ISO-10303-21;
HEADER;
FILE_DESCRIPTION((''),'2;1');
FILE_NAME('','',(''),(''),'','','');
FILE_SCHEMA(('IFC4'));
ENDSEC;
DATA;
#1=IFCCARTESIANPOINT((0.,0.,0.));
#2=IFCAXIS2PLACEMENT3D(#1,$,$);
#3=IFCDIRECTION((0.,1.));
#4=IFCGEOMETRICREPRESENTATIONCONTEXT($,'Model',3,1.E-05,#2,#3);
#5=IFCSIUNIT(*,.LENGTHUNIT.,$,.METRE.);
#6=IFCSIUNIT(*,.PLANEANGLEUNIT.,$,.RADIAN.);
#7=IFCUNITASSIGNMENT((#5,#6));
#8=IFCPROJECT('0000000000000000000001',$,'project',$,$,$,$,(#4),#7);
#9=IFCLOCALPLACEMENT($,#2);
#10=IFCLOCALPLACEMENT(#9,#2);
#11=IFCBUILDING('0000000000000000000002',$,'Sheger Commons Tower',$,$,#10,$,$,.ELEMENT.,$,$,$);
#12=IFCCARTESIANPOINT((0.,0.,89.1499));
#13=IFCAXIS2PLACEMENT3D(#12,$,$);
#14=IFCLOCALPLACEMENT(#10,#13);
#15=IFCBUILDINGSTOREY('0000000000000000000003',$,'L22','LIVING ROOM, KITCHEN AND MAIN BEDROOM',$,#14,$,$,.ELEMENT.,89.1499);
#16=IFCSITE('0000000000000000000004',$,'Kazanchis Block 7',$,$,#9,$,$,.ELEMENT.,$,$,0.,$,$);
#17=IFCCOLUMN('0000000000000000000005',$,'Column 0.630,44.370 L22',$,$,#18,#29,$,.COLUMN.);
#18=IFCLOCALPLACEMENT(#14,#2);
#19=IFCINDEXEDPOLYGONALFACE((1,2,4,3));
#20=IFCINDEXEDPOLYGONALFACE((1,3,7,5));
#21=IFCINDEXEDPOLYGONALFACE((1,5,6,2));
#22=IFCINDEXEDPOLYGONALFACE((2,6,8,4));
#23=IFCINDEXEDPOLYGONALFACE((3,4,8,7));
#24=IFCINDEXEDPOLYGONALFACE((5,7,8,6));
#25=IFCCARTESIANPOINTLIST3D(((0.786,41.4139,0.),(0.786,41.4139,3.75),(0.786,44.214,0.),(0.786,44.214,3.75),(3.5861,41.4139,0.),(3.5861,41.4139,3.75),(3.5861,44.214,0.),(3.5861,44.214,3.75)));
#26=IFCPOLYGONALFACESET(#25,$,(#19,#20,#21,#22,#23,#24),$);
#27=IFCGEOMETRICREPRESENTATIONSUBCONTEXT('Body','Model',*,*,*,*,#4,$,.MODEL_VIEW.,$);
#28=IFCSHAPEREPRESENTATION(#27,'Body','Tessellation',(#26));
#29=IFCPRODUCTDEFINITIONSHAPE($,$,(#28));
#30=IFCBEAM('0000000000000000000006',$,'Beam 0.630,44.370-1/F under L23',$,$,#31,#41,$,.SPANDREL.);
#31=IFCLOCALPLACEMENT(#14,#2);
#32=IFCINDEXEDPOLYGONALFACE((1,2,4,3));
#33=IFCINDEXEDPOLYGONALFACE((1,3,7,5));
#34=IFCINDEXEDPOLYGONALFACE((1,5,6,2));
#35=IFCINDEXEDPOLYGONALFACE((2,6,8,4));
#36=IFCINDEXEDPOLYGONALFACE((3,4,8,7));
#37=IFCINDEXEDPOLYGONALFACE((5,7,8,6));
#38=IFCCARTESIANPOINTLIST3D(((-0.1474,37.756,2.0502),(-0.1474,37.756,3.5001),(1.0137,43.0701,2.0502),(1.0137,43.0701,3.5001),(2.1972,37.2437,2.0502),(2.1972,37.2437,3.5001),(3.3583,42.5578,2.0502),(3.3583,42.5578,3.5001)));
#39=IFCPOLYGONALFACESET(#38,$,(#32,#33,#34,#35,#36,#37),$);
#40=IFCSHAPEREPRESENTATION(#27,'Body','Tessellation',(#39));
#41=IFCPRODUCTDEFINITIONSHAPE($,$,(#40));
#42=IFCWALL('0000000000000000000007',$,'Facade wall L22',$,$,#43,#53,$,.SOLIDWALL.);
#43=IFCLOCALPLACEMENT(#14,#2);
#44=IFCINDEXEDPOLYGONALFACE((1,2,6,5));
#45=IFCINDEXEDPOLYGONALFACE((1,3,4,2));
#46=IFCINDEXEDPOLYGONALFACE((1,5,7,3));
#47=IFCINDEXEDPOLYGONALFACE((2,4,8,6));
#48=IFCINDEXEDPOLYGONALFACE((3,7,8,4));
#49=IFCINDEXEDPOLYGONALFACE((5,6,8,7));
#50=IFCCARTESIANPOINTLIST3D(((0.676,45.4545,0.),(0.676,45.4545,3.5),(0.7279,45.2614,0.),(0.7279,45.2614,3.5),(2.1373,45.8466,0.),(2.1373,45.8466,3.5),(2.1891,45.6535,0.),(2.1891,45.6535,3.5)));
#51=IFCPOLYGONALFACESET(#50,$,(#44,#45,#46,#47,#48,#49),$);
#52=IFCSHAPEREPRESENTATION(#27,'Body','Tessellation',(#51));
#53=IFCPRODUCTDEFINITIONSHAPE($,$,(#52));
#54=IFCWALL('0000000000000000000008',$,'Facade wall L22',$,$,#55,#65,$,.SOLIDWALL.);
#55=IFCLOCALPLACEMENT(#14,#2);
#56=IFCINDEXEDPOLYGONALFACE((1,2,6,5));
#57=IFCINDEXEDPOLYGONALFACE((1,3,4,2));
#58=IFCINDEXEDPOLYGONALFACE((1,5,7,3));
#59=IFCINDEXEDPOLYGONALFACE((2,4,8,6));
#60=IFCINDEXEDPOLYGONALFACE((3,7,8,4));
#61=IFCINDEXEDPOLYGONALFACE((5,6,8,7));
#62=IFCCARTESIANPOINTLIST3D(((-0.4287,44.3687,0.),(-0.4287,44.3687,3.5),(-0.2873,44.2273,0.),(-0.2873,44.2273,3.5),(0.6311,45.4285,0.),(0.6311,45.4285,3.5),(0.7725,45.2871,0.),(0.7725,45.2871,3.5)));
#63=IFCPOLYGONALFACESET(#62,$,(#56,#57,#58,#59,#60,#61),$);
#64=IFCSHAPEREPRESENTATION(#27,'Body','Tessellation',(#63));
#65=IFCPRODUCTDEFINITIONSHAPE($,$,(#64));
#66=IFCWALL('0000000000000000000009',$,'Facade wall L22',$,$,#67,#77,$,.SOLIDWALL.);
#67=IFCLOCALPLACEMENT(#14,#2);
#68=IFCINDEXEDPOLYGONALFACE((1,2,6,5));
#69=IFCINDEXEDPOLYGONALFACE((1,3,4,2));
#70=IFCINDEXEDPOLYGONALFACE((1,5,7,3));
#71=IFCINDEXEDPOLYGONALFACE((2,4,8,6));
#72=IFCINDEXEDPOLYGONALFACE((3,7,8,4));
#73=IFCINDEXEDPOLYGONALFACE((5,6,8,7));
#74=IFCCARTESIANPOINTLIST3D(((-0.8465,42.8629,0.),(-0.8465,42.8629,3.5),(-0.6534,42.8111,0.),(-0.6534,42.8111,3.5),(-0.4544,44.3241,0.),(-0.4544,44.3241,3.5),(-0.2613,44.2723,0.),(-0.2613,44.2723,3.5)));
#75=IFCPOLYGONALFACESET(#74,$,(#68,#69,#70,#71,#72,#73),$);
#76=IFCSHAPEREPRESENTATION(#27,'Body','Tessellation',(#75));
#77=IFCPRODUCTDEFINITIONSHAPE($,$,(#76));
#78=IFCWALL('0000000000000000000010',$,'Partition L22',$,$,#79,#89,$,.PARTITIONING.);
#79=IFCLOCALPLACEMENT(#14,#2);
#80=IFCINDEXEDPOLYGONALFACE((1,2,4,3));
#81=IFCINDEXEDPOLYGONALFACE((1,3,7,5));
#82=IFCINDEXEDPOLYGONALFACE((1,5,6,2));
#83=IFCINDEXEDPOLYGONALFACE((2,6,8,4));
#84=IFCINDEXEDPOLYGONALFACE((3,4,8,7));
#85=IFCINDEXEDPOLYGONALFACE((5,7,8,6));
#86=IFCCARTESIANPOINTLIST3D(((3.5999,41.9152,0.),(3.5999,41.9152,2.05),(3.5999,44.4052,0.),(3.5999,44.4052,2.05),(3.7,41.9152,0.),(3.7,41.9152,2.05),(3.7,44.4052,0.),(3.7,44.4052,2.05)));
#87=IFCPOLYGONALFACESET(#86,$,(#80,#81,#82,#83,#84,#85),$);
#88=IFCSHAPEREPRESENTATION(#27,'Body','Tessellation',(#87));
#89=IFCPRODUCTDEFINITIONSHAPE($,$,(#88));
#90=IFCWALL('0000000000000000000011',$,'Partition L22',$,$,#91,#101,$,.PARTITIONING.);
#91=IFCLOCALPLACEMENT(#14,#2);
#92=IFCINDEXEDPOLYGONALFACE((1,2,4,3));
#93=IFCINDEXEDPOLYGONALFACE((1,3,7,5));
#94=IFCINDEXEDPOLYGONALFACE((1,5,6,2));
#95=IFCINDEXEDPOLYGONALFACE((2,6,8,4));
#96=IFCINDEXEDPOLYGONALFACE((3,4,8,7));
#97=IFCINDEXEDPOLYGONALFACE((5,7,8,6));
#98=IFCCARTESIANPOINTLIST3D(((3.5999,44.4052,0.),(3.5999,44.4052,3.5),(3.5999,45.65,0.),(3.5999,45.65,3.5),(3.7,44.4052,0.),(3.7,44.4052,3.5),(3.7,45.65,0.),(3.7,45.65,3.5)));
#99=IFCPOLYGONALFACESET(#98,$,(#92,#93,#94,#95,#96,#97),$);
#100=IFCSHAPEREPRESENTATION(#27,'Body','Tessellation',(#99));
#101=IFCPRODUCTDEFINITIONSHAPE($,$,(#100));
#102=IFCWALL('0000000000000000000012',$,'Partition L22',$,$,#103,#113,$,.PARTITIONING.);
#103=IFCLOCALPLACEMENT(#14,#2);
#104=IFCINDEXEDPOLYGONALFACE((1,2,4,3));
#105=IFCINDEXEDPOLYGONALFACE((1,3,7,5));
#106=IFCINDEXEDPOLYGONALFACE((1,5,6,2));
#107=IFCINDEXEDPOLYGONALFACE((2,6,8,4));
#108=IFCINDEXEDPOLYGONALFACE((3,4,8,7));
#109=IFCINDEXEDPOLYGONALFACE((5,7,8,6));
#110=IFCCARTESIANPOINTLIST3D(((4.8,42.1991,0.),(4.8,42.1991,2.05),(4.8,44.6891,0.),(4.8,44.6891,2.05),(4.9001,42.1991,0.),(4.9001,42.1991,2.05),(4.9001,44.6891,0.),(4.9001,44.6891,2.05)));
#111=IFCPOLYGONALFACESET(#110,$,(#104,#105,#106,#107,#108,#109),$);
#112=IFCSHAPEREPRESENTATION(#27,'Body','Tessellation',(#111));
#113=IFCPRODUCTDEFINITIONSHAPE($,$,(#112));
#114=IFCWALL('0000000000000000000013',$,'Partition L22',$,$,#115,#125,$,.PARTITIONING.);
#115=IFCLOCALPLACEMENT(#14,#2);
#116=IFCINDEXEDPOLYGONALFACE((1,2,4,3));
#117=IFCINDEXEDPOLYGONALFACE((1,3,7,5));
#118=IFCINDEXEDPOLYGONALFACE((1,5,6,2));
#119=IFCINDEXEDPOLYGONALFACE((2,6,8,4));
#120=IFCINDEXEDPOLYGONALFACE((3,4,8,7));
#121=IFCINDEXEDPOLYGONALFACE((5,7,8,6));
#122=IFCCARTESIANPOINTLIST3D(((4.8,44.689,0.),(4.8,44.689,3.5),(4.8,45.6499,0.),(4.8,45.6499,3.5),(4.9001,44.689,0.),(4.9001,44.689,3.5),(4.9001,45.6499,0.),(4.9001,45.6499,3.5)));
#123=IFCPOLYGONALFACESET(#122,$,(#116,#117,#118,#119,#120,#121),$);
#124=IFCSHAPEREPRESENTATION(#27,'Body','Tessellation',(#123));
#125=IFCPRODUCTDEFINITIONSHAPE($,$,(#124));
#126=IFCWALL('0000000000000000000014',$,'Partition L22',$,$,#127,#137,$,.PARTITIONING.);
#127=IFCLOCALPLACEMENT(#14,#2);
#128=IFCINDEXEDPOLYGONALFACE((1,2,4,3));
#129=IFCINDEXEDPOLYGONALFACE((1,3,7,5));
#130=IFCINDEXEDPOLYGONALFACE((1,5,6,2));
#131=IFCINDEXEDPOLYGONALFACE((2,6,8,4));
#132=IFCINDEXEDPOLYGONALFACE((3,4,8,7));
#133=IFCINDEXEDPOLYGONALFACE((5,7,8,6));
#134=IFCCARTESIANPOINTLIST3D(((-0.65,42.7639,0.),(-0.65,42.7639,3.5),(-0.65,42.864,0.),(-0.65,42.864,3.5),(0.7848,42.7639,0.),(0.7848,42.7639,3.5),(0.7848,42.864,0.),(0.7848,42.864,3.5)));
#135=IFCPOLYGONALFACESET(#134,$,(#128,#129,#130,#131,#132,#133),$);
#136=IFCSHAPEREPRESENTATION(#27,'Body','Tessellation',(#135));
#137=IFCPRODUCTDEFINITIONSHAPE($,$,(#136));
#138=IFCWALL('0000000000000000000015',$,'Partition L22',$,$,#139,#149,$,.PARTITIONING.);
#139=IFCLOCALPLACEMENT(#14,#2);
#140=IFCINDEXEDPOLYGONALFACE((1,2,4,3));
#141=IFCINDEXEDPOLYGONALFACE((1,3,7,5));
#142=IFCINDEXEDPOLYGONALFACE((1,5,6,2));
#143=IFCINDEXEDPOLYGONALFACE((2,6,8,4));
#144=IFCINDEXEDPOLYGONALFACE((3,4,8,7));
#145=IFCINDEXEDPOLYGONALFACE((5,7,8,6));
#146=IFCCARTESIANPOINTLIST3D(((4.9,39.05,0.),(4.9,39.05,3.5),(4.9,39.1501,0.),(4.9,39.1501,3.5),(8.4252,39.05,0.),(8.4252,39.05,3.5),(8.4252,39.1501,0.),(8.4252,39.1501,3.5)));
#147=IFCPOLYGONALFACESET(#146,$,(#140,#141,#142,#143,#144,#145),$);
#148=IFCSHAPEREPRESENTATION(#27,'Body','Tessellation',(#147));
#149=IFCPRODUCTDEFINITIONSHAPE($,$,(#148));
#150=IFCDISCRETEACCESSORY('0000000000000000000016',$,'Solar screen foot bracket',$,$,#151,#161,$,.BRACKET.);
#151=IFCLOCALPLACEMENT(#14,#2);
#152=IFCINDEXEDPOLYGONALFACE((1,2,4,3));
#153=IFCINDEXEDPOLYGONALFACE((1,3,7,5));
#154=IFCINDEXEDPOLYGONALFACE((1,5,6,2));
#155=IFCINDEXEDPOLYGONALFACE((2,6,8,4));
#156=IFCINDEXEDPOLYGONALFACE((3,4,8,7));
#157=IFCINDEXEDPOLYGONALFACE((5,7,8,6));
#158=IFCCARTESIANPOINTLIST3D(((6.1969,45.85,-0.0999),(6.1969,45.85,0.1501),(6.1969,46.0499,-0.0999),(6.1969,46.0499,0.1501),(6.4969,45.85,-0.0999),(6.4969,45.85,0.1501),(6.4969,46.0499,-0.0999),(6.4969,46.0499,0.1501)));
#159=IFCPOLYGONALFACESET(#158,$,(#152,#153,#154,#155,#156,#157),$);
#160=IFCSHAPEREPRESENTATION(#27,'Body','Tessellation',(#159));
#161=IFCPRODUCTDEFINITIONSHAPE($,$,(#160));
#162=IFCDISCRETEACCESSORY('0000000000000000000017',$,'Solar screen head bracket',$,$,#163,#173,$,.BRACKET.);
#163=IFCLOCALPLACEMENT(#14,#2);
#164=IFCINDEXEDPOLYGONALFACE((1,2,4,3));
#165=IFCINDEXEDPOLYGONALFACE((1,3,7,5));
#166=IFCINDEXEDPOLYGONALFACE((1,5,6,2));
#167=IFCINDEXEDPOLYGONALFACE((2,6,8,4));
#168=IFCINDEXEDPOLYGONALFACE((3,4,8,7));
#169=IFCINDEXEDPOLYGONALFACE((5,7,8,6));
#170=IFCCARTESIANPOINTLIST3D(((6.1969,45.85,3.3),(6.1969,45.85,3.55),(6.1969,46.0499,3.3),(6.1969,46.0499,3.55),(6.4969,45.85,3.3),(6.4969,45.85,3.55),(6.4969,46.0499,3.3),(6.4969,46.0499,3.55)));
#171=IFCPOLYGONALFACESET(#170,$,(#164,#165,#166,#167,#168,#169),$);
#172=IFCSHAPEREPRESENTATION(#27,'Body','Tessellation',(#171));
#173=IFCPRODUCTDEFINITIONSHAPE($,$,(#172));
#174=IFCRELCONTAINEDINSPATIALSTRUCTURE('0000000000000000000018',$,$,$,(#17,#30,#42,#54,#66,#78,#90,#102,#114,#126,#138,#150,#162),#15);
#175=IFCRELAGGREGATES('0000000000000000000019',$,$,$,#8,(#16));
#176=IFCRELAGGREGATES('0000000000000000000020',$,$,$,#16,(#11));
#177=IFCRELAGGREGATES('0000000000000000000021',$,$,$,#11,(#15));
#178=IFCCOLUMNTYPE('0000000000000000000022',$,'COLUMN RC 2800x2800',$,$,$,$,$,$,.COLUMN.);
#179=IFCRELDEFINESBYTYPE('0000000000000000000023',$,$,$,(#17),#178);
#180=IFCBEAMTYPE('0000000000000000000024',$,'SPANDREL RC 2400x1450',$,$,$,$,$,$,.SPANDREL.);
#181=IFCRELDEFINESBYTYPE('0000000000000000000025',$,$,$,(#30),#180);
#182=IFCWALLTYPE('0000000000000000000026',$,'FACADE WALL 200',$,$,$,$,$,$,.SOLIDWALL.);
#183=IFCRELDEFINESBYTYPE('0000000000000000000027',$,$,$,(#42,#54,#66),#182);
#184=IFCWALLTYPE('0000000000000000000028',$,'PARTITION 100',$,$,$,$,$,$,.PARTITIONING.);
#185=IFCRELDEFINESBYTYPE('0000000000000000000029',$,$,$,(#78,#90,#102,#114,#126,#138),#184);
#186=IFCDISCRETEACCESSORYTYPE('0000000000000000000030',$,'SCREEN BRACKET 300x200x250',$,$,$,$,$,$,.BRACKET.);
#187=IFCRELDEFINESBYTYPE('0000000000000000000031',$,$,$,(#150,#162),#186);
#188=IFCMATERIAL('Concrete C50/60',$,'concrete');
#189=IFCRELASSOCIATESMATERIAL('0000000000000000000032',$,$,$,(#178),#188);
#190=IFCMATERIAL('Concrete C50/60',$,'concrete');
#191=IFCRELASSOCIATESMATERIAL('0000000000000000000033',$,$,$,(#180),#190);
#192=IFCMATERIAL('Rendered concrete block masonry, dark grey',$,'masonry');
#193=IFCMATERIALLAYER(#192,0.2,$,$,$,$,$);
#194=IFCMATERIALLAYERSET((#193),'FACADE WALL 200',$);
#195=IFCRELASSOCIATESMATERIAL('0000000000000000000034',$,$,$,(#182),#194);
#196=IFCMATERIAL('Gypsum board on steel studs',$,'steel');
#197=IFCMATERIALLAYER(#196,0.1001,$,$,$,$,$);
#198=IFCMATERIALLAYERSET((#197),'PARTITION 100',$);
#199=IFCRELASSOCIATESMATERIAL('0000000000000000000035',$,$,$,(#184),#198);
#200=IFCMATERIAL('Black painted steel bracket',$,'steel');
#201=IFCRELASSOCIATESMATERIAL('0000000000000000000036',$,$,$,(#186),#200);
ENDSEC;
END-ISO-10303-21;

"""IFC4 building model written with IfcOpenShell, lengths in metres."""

from ifc_helpers import new_model, si_unit, direction, frame, frame_2d, origin, origin_2d, place, context, subcontext, project, spatial, rectangle, extrude, material, layer, layer_set, material_profile, profile_set, type_object, element, save


model = new_model("IFC4")

# Units and contexts
model_context = context("Model", 3, precision=1e-05, world=origin(), true_north=direction((0.0, 1.0)))
body_context = subcontext(model_context, "Body", "Model", "MODEL_VIEW")
ifc_project = project(units=[si_unit("LENGTHUNIT", "METRE"), si_unit("PLANEANGLEUNIT", "RADIAN")], contexts=[model_context])

# Site, building, storey
site_placement = place(None, origin())
site = spatial("IfcSite", under=ifc_project, at=site_placement, Name="Kazanchis Block 7", CompositionType="ELEMENT", RefElevation=0.0)
building_placement = place(site_placement, origin())
building = spatial("IfcBuilding", under=site, at=building_placement, Name="Sheger Commons Tower", CompositionType="ELEMENT")
storey_placement = place(building_placement, frame((0.0, 0.0, 89.1499)))
storey = spatial("IfcBuildingStorey", under=building, at=storey_placement, Name="L22", Description="LIVING ROOM, KITCHEN AND MAIN BEDROOM", CompositionType="ELEMENT", Elevation=89.1499)

# Column
ifc_material_1 = material(Name="Concrete C50/60", Category="concrete")
ifc_material_profile_1 = material_profile(ifc_material_1, rectangle(XDim=2.8, YDim=2.8, at=origin_2d()), Name="RC 2800x2800")
ifc_profile_set_1 = profile_set([ifc_material_profile_1], Name="Concrete C50/60")
column_type = type_object("IfcColumnType", Name="COLUMN RC 2800x2800", PredefinedType="COLUMN", material=ifc_profile_set_1)
column_placement = place(storey_placement, frame((2.186, 42.814, 0.0), z_axis=(0.0, 0.0, 1.0), x_axis=(1.0, 0.0, 0.0)))
element("IfcColumn", 1, at=column_placement, inside=storey, type_object=column_type, Name="Column 0.630,44.370 L22", PredefinedType="COLUMN", context=body_context, shape_type="SweptSolid", body=[
    extrude(rectangle(XDim=2.8, YDim=2.8, at=origin_2d()), origin(), (0.0, 0.0, 1.0), 3.75),
])

# Beam
ifc_material_2 = material(Name="Concrete C50/60", Category="concrete")
ifc_material_profile_2 = material_profile(ifc_material_2, rectangle(XDim=2.3999, YDim=1.45, at=origin_2d()), Name="RC 2400x1450")
ifc_profile_set_2 = profile_set([ifc_material_profile_2], Name="Concrete C50/60")
beam_type = type_object("IfcBeamType", Name="SPANDREL RC 2400x1450", PredefinedType="SPANDREL", material=ifc_profile_set_2)
beam_placement = place(storey_placement, frame((2.186, 42.814, 2.7751), z_axis=(-0.213469, -0.97695, 0.0), x_axis=(0.97695, -0.213469, 0.0)))
element("IfcBeam", 2, at=beam_placement, inside=storey, type_object=beam_type, Name="Beam 0.630,44.370-1/F under L23", PredefinedType="SPANDREL", context=body_context, shape_type="SweptSolid", body=[
    extrude(rectangle(XDim=2.3999, YDim=1.45, at=origin_2d()), origin(), (0.0, 0.0, 1.0), 5.4395),
])

# Walls
ifc_material_3 = material(Name="Rendered concrete block masonry, dark grey", Category="masonry")
ifc_layer_1 = layer(ifc_material_3, 0.2)
ifc_layer_set_1 = layer_set([ifc_layer_1], Name="FACADE WALL 200")
wall_type_1 = type_object("IfcWallType", Name="FACADE WALL 200", PredefinedType="SOLIDWALL", material=ifc_layer_set_1)
wall_1_placement = place(storey_placement, frame((2.1631, 45.75, 0.0), z_axis=(0.0, 0.0, 1.0), x_axis=(-0.965832, -0.259169, 0.0)))
element("IfcWall", 3, at=wall_1_placement, inside=storey, type_object=wall_type_1, Name="Facade wall L22", PredefinedType="SOLIDWALL", context=body_context, shape_type="SweptSolid", body=[
    extrude(rectangle(XDim=1.5129, YDim=0.2, at=frame_2d((0.7563, 0.0))), origin(), (0.0, 0.0, 1.0), 3.5),
])
wall_2_placement = place(storey_placement, frame((0.7019, 45.3579, 0.0), z_axis=(0.0, 0.0, 1.0), x_axis=(-0.707107, -0.707107, 0.0)))
element("IfcWall", 4, at=wall_2_placement, inside=storey, type_object=wall_type_1, Name="Facade wall L22", PredefinedType="SOLIDWALL", context=body_context, shape_type="SweptSolid", body=[
    extrude(rectangle(XDim=1.4988, YDim=0.2, at=frame_2d((0.7495, 0.0))), origin(), (0.0, 0.0, 1.0), 3.5),
])
wall_3_placement = place(storey_placement, frame((-0.3579, 44.2981, 0.0), z_axis=(0.0, 0.0, 1.0), x_axis=(-0.259169, -0.965832, 0.0)))
element("IfcWall", 5, at=wall_3_placement, inside=storey, type_object=wall_type_1, Name="Facade wall L22", PredefinedType="SOLIDWALL", context=body_context, shape_type="SweptSolid", body=[
    extrude(rectangle(XDim=1.5129, YDim=0.2, at=frame_2d((0.7563, 0.0))), origin(), (0.0, 0.0, 1.0), 3.5),
])

# Walls
ifc_material_4 = material(Name="Gypsum board on steel studs", Category="steel")
ifc_layer_2 = layer(ifc_material_4, 0.1001)
ifc_layer_set_2 = layer_set([ifc_layer_2], Name="PARTITION 100")
wall_type_2 = type_object("IfcWallType", Name="PARTITION 100", PredefinedType="PARTITIONING", material=ifc_layer_set_2)
wall_4_placement = place(storey_placement, frame((3.6499, 41.915, 0.0), z_axis=(0.0, 0.0, 1.0), x_axis=(0.0, 1.0, 0.0)))
element("IfcWall", 6, at=wall_4_placement, inside=storey, type_object=wall_type_2, Name="Partition L22", PredefinedType="PARTITIONING", context=body_context, shape_type="SweptSolid", body=[
    extrude(rectangle(XDim=2.49, YDim=0.1001, at=frame_2d((1.2451, 0.0))), origin(), (0.0, 0.0, 1.0), 2.05),
])
wall_5_placement = place(storey_placement, frame((3.6499, 44.405, 0.0), z_axis=(0.0, 0.0, 1.0), x_axis=(0.0, 1.0, 0.0)))
element("IfcWall", 7, at=wall_5_placement, inside=storey, type_object=wall_type_2, Name="Partition L22", PredefinedType="PARTITIONING", context=body_context, shape_type="SweptSolid", body=[
    extrude(rectangle(XDim=1.2449, YDim=0.1001, at=frame_2d((0.6226, 0.0))), origin(), (0.0, 0.0, 1.0), 3.5),
])
wall_6_placement = place(storey_placement, frame((4.8501, 42.199, 0.0), z_axis=(0.0, 0.0, 1.0), x_axis=(0.0, 1.0, 0.0)))
element("IfcWall", 8, at=wall_6_placement, inside=storey, type_object=wall_type_2, Name="Partition L22", PredefinedType="PARTITIONING", context=body_context, shape_type="SweptSolid", body=[
    extrude(rectangle(XDim=2.49, YDim=0.1001, at=frame_2d((1.2451, 0.0))), origin(), (0.0, 0.0, 1.0), 2.05),
])
wall_7_placement = place(storey_placement, frame((4.8501, 44.689, 0.0), z_axis=(0.0, 0.0, 1.0), x_axis=(0.0, 1.0, 0.0)))
element("IfcWall", 9, at=wall_7_placement, inside=storey, type_object=wall_type_2, Name="Partition L22", PredefinedType="PARTITIONING", context=body_context, shape_type="SweptSolid", body=[
    extrude(rectangle(XDim=0.9609, YDim=0.1001, at=frame_2d((0.4805, 0.0))), origin(), (0.0, 0.0, 1.0), 3.5),
])
wall_8_placement = place(storey_placement, frame((-0.6499, 42.814, 0.0), z_axis=(0.0, 0.0, 1.0), x_axis=(1.0, 0.0, 0.0)))
element("IfcWall", 10, at=wall_8_placement, inside=storey, type_object=wall_type_2, Name="Partition L22", PredefinedType="PARTITIONING", context=body_context, shape_type="SweptSolid", body=[
    extrude(rectangle(XDim=1.4348, YDim=0.1001, at=frame_2d((0.7173, 0.0))), origin(), (0.0, 0.0, 1.0), 3.5),
])
wall_9_placement = place(storey_placement, frame((4.8999, 39.1001, 0.0), z_axis=(0.0, 0.0, 1.0), x_axis=(1.0, 0.0, 0.0)))
element("IfcWall", 11, at=wall_9_placement, inside=storey, type_object=wall_type_2, Name="Partition L22", PredefinedType="PARTITIONING", context=body_context, shape_type="SweptSolid", body=[
    extrude(rectangle(XDim=3.5251, YDim=0.1001, at=frame_2d((1.7627, 0.0))), origin(), (0.0, 0.0, 1.0), 3.5),
])

# Discrete accessories
ifc_material_5 = material(Name="Black painted steel bracket", Category="steel")
discrete_accessory_type = type_object("IfcDiscreteAccessoryType", Name="SCREEN BRACKET 300x200x250", PredefinedType="BRACKET", material=ifc_material_5)
for number, where, z_axis, x_axis, name in (
    (12, (6.3469, 45.95, -0.0999), (0.0, 0.0, 1.0), (-1.0, 0.0, 0.0), "Solar screen foot bracket"),
    (13, (6.3469, 45.95, 3.3), (0.0, 0.0, 1.0), (-1.0, 0.0, 0.0), "Solar screen head bracket"),
):
    element("IfcDiscreteAccessory", number, at=place(storey_placement, frame(where, z_axis=z_axis, x_axis=x_axis)), inside=storey, type_object=discrete_accessory_type, Name=name, PredefinedType="BRACKET", context=body_context, shape_type="SweptSolid", body=[
        extrude(rectangle(XDim=0.3, YDim=0.2, at=origin_2d()), origin(), (0.0, 0.0, 1.0), 0.25),
    ])

save(model, "model.ifc")
